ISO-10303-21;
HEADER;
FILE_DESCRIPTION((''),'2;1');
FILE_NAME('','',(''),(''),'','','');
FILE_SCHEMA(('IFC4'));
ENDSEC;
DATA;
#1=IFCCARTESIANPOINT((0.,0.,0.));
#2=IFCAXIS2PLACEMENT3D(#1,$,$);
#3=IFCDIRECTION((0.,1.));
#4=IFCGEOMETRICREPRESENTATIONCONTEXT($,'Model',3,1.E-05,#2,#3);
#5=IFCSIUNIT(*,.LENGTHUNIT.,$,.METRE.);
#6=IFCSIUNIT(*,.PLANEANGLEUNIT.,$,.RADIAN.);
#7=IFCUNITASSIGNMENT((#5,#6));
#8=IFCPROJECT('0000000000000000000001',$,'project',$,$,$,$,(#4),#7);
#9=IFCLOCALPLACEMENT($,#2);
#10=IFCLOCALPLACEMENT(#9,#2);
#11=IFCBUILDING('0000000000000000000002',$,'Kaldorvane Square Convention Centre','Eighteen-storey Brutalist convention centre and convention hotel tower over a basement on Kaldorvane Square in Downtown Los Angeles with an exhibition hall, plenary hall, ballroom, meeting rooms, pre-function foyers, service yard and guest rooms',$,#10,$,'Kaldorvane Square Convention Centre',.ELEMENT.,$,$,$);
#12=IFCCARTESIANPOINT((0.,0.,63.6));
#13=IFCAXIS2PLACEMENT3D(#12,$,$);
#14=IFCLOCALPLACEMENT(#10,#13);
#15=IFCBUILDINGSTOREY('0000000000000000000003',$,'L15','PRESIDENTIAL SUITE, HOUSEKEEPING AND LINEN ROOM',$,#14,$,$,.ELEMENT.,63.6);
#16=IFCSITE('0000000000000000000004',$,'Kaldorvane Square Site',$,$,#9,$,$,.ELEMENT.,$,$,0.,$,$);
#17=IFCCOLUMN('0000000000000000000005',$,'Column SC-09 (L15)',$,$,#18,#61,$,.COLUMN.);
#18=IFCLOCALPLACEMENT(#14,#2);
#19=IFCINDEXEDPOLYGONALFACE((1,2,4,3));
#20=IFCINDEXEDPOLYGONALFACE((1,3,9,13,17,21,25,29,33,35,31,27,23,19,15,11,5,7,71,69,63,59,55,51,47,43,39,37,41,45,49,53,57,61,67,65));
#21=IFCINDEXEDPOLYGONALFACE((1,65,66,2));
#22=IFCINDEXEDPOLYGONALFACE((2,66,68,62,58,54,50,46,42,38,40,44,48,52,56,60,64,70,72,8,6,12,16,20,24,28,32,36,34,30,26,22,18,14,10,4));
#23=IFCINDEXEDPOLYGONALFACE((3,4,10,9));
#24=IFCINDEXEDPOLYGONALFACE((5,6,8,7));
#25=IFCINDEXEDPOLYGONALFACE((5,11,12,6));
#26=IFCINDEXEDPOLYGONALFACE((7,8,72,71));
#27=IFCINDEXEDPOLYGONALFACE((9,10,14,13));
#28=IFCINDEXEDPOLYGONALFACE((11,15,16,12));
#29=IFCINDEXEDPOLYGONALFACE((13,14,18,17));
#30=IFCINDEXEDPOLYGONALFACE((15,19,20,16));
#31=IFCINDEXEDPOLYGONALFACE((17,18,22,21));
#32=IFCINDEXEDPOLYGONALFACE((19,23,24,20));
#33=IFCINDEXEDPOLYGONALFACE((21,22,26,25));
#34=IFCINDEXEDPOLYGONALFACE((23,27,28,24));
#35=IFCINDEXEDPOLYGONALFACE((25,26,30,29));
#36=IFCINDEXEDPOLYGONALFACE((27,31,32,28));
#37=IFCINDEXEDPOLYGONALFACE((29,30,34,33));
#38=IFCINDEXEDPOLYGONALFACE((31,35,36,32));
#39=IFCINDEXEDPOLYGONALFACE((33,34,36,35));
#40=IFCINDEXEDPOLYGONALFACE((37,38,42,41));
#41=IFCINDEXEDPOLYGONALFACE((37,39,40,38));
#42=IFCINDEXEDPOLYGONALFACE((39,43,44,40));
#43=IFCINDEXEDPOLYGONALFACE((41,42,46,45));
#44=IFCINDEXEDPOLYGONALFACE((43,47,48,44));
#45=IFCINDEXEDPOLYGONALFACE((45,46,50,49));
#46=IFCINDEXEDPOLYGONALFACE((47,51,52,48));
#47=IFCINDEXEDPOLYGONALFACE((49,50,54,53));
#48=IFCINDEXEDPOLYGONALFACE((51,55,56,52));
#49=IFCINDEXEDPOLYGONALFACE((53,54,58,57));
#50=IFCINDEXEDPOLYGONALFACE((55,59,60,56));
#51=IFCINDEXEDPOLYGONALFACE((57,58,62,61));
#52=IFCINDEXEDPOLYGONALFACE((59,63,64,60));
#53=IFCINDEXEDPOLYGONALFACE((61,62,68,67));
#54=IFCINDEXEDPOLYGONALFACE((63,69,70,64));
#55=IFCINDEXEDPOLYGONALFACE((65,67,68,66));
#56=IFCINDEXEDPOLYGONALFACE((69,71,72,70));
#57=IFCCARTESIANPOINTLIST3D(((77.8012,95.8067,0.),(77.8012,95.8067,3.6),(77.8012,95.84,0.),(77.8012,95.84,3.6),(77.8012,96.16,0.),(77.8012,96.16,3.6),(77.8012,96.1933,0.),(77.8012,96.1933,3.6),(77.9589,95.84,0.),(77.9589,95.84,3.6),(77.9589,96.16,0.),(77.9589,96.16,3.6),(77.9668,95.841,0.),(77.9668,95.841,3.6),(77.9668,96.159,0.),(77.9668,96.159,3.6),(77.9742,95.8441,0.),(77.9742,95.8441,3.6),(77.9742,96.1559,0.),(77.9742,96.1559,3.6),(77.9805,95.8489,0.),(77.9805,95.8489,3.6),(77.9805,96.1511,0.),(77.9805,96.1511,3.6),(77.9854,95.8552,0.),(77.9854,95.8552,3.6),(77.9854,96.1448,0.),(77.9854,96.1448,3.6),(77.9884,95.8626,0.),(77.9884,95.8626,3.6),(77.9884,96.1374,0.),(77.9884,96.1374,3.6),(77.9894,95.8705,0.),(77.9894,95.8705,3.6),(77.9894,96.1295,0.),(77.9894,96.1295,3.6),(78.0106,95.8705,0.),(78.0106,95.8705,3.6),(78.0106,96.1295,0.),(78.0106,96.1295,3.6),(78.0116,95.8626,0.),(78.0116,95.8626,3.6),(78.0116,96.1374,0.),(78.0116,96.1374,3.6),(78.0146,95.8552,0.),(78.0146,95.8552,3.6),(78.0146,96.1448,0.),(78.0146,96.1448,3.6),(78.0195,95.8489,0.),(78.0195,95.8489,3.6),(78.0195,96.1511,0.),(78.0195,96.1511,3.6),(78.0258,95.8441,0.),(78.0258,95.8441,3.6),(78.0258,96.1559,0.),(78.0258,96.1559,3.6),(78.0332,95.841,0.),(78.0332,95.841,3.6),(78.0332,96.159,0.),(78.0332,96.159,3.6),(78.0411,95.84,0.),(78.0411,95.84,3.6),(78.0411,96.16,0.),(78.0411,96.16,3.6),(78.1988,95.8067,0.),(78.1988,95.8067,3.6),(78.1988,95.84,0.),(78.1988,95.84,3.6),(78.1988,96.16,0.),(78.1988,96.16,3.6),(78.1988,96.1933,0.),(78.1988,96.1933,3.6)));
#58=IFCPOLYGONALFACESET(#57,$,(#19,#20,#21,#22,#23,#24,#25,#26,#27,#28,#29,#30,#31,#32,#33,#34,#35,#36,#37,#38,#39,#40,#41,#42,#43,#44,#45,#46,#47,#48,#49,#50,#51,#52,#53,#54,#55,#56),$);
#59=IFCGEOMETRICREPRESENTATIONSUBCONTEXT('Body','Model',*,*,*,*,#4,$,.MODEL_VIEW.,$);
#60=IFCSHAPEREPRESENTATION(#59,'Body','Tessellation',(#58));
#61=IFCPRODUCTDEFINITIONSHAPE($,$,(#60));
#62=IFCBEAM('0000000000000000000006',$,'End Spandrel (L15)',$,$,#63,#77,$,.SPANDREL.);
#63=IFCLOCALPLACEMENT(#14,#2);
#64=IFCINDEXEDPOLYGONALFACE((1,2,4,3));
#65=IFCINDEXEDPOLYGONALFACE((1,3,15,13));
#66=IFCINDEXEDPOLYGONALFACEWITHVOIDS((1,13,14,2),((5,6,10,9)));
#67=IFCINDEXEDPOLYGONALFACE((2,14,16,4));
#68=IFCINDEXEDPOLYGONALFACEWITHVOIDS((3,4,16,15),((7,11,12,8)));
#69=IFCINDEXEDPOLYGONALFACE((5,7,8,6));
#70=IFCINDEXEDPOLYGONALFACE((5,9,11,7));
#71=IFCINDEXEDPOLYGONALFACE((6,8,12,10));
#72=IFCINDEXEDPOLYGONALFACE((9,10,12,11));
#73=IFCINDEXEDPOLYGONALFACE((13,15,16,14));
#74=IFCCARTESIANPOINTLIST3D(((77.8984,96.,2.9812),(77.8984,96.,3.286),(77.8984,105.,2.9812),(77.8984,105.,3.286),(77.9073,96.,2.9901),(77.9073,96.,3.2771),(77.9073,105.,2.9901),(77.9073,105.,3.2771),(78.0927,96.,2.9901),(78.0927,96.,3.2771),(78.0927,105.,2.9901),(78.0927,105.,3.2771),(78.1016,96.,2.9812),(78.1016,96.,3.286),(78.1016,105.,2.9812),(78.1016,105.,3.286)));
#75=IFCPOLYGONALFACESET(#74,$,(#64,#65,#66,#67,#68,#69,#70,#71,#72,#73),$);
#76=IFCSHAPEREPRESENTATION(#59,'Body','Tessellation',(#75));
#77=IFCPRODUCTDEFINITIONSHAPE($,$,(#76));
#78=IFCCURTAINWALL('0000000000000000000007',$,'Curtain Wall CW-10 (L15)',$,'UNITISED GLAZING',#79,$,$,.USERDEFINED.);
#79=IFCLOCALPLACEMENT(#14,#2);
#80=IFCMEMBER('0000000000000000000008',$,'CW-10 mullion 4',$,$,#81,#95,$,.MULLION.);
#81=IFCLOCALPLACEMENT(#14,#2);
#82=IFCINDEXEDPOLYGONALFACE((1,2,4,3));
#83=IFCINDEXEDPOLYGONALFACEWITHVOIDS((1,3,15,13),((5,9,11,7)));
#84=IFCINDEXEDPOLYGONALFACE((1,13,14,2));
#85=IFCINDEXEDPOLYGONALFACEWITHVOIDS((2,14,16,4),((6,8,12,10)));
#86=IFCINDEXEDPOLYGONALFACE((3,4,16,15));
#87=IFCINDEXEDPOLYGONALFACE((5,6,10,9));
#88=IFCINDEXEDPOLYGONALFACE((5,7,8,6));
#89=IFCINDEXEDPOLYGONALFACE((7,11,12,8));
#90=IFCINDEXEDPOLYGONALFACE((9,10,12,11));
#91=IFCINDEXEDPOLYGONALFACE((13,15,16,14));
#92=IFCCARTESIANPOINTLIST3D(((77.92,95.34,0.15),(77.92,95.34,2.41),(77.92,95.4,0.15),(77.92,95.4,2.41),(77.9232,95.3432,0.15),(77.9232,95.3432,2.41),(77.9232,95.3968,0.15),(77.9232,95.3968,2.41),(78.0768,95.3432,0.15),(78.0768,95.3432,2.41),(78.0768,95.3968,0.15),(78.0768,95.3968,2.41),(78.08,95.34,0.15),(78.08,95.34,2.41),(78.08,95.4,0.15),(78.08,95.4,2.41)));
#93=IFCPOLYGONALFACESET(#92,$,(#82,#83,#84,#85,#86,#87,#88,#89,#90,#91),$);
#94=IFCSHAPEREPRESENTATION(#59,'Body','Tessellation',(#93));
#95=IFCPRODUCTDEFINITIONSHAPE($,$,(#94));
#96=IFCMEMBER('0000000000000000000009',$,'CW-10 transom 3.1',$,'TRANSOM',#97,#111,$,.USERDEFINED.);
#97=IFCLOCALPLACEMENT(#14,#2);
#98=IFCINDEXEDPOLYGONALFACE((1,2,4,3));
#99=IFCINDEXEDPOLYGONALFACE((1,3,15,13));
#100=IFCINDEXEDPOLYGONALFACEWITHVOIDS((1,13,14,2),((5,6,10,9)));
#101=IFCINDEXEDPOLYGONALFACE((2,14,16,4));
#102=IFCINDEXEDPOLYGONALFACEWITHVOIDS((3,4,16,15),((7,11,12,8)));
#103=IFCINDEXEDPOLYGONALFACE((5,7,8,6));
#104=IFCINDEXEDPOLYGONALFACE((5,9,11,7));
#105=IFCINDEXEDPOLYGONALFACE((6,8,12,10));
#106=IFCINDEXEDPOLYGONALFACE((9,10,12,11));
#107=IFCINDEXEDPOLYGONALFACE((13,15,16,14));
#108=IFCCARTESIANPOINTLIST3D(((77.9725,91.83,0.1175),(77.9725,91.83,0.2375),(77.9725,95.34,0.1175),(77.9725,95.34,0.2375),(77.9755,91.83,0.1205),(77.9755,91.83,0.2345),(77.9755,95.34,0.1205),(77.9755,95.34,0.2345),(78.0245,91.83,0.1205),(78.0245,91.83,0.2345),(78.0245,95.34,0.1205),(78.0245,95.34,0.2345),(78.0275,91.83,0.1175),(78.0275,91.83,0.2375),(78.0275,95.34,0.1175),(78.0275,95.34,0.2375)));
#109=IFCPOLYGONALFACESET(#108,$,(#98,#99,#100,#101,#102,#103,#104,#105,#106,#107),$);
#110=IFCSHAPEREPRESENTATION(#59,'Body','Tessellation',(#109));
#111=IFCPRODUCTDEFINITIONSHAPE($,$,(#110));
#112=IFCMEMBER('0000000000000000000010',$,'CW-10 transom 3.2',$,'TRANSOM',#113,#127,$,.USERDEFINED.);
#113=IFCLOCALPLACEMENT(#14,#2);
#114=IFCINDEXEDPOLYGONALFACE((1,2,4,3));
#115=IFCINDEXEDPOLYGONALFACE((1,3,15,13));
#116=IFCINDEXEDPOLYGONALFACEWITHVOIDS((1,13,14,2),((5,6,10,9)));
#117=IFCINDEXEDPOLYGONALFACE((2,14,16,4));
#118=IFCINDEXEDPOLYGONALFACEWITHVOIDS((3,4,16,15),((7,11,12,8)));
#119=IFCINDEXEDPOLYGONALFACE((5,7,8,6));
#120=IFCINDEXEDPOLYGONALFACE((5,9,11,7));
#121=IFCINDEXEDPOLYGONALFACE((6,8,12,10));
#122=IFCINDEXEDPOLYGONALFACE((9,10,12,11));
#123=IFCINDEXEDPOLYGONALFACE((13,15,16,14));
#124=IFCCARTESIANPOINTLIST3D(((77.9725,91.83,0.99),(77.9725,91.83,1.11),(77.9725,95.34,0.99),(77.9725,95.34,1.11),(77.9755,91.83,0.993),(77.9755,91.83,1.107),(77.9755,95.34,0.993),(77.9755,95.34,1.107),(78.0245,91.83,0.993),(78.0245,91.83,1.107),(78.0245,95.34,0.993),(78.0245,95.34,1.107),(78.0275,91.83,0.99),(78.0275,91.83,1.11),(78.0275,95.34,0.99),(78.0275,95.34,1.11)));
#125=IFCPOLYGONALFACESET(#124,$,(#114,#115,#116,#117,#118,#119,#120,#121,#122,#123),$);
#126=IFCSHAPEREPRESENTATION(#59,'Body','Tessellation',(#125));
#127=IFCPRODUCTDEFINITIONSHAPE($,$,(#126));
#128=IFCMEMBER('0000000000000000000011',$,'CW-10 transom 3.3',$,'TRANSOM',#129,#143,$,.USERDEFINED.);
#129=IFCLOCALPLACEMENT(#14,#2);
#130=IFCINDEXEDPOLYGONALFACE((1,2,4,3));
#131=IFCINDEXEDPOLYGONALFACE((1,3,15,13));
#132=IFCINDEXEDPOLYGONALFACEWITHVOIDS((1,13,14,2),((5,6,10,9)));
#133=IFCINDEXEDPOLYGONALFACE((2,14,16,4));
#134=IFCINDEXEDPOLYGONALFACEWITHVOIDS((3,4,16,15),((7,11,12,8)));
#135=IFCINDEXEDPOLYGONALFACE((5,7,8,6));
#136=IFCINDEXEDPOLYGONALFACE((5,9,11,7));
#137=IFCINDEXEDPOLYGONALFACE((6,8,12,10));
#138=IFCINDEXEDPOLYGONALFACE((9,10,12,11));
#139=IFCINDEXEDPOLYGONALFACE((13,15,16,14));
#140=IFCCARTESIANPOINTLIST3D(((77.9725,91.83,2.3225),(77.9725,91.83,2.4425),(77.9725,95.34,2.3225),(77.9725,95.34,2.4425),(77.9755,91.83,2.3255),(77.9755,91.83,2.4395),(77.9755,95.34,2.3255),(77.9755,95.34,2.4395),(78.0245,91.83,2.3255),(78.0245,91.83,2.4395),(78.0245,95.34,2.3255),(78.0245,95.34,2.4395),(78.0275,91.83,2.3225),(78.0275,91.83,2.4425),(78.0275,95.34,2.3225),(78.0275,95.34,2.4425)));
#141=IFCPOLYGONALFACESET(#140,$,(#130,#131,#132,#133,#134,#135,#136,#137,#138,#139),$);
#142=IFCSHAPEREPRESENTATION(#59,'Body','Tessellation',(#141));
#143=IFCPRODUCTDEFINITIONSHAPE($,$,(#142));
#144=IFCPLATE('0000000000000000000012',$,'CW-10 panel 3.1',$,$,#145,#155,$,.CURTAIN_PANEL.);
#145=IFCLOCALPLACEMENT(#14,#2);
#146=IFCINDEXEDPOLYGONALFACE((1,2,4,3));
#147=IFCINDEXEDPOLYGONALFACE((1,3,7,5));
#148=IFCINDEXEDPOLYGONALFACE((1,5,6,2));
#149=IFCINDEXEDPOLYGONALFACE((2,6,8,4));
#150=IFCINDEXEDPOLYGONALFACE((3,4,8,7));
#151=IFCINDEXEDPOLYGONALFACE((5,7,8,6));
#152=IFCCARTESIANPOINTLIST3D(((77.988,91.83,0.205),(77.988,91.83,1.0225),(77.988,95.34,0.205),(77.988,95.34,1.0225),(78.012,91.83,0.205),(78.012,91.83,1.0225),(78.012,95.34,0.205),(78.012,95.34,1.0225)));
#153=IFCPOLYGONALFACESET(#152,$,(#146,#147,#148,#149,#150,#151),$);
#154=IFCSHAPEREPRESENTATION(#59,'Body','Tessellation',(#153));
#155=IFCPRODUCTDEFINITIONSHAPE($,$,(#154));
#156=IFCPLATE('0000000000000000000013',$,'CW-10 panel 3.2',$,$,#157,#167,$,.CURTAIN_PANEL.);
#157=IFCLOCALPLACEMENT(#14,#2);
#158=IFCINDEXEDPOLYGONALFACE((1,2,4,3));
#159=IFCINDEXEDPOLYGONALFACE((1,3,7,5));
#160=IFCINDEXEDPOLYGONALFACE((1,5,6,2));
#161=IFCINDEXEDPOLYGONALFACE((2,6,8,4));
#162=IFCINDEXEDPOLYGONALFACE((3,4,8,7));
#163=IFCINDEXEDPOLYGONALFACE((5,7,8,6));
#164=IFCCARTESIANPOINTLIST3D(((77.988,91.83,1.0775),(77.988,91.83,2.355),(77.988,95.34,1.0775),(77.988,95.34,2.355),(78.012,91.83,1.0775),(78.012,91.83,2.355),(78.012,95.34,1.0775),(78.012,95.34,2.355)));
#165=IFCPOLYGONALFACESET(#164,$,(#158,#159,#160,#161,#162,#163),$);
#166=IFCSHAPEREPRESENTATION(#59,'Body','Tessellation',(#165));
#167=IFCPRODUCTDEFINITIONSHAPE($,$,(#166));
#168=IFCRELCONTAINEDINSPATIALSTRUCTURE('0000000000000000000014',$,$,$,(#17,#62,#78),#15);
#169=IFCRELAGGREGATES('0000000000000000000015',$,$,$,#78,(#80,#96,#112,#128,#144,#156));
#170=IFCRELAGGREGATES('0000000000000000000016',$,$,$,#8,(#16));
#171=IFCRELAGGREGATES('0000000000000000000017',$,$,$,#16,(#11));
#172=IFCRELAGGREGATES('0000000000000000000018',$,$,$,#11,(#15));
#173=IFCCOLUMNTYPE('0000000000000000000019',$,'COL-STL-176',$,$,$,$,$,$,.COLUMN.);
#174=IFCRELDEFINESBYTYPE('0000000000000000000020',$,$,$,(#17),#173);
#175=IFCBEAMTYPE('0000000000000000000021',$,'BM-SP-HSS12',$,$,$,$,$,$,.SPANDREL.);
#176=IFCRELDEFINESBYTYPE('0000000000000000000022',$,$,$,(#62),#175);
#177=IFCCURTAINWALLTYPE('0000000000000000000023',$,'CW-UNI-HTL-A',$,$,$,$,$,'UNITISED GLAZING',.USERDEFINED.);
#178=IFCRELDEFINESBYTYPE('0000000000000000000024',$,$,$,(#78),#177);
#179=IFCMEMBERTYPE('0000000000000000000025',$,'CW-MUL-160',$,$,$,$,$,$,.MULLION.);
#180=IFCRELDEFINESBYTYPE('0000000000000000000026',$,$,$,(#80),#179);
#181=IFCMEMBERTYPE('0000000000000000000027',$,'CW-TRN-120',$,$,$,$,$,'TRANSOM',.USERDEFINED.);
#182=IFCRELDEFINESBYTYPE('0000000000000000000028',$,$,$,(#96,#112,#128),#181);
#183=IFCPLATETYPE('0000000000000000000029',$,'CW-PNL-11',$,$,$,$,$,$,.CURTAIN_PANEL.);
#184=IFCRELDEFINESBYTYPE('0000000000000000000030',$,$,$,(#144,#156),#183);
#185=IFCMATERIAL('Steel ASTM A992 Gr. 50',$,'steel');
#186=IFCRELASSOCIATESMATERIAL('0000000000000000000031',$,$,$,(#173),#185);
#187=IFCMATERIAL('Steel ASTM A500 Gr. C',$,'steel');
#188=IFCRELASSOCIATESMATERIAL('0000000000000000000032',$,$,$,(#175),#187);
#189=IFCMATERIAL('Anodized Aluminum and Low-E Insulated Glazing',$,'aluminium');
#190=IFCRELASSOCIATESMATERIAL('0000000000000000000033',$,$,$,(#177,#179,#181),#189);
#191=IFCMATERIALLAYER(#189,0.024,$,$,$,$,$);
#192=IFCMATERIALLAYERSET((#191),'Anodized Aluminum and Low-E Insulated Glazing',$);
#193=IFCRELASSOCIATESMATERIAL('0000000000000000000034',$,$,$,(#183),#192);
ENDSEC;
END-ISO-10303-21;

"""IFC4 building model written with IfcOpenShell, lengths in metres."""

from ifc_helpers import new_model, si_unit, direction, frame, origin, origin_2d, place, context, subcontext, project, spatial, rectangle, hollow_rectangle, i_section, extrude, material, layer, layer_set, material_profile, profile_set, type_object, element, aggregate, save


model = new_model("IFC4")

# Units and contexts
model_context = context("Model", 3, precision=1e-05, world=origin(), true_north=direction((0.0, 1.0)))
body_context = subcontext(model_context, "Body", "Model", "MODEL_VIEW")
ifc_project = project(units=[si_unit("LENGTHUNIT", "METRE"), si_unit("PLANEANGLEUNIT", "RADIAN")], contexts=[model_context])

# Site, building, storey
site_placement = place(None, origin())
site = spatial("IfcSite", under=ifc_project, at=site_placement, Name="Kaldorvane Square Site", CompositionType="ELEMENT", RefElevation=0.0)
building_placement = place(site_placement, origin())
building = spatial("IfcBuilding", under=site, at=building_placement, Name="Kaldorvane Square Convention Centre", Description="Eighteen-storey Brutalist convention centre and convention hotel tower over a basement on Kaldorvane Square in Downtown Los Angeles with an exhibition hall, plenary hall, ballroom, meeting rooms, pre-function foyers, service yard and guest rooms", LongName="Kaldorvane Square Convention Centre", CompositionType="ELEMENT")
storey_placement = place(building_placement, frame((0.0, 0.0, 63.6)))
storey = spatial("IfcBuildingStorey", under=building, at=storey_placement, Name="L15", Description="PRESIDENTIAL SUITE, HOUSEKEEPING AND LINEN ROOM", CompositionType="ELEMENT", Elevation=63.6)

# Column
ifc_material_1 = material(Name="Steel ASTM A992 Gr. 50", Category="steel")
ifc_material_profile_1 = material_profile(ifc_material_1, i_section(OverallWidth=0.3975, OverallDepth=0.3866, WebThickness=0.0211, FlangeThickness=0.0333, FilletRadius=0.0305, at=origin_2d()), Name="W14X176")
ifc_profile_set_1 = profile_set([ifc_material_profile_1], Name="Steel ASTM A992 Gr. 50")
column_type = type_object("IfcColumnType", Name="COL-STL-176", PredefinedType="COLUMN", material=ifc_profile_set_1)
column_placement = place(storey_placement, frame((78.0, 96.0, 0.0), z_axis=(0.0, 0.0, 1.0), x_axis=(1.0, 0.0, 0.0)))
element("IfcColumn", 1, at=column_placement, inside=storey, type_object=column_type, Name="Column SC-09 (L15)", PredefinedType="COLUMN", context=body_context, shape_type="SweptSolid", body=[
    extrude(i_section(OverallWidth=0.3975, OverallDepth=0.3866, WebThickness=0.0211, FlangeThickness=0.0333, FilletRadius=0.0305, at=origin_2d()), origin(), (0.0, 0.0, 1.0), 3.6),
])

# Beam
ifc_material_2 = material(Name="Steel ASTM A500 Gr. C", Category="steel")
ifc_material_profile_2 = material_profile(ifc_material_2, hollow_rectangle(XDim=0.2032, YDim=0.3048, WallThickness=0.0089, at=origin_2d()), Name="HSS12X8X3/8")
ifc_profile_set_2 = profile_set([ifc_material_profile_2], Name="Steel ASTM A500 Gr. C")
beam_type = type_object("IfcBeamType", Name="BM-SP-HSS12", PredefinedType="SPANDREL", material=ifc_profile_set_2)
beam_placement = place(storey_placement, frame((78.0, 96.0, 3.1336), z_axis=(0.0, 1.0, 0.0), x_axis=(-1.0, 0.0, 0.0)))
element("IfcBeam", 2, at=beam_placement, inside=storey, type_object=beam_type, Name="End Spandrel (L15)", PredefinedType="SPANDREL", context=body_context, shape_type="SweptSolid", body=[
    extrude(hollow_rectangle(XDim=0.2032, YDim=0.3048, WallThickness=0.0089, at=origin_2d()), origin(), (0.0, 0.0, 1.0), 9.0),
])

# Curtain wall, members, plates
ifc_material_3 = material(Name="Anodized Aluminum and Low-E Insulated Glazing", Category="aluminium")
curtain_wall_type = type_object("IfcCurtainWallType", Name="CW-UNI-HTL-A", ElementType="UNITISED GLAZING", PredefinedType="USERDEFINED", material=ifc_material_3)
curtain_wall_placement = place(storey_placement, origin())
curtain_wall = element("IfcCurtainWall", 3, at=curtain_wall_placement, inside=storey, type_object=curtain_wall_type, Name="Curtain Wall CW-10 (L15)", ObjectType="UNITISED GLAZING", PredefinedType="USERDEFINED")
ifc_material_profile_3 = material_profile(ifc_material_3, hollow_rectangle(XDim=0.06, YDim=0.16, WallThickness=0.0032, at=origin_2d()), Name="CWM-160X60")
ifc_profile_set_3 = profile_set([ifc_material_profile_3], Name="Anodized Aluminum and Low-E Insulated Glazing")
member_type_1 = type_object("IfcMemberType", Name="CW-MUL-160", PredefinedType="MULLION", material=ifc_profile_set_3)
member_1_placement = place(storey_placement, frame((78.0, 95.37, 0.15), z_axis=(0.0, 0.0, 1.0), x_axis=(0.0, 1.0, 0.0)))
member_1 = element("IfcMember", 4, at=member_1_placement, type_object=member_type_1, Name="CW-10 mullion 4", PredefinedType="MULLION", context=body_context, shape_type="SweptSolid", body=[
    extrude(hollow_rectangle(XDim=0.06, YDim=0.16, WallThickness=0.0032, at=origin_2d()), origin(), (0.0, 0.0, 1.0), 2.26),
])
ifc_material_profile_4 = material_profile(ifc_material_3, hollow_rectangle(XDim=0.055, YDim=0.12, WallThickness=0.003, at=origin_2d()), Name="CWT-120X55")
ifc_profile_set_4 = profile_set([ifc_material_profile_4], Name="Anodized Aluminum and Low-E Insulated Glazing")
member_type_2 = type_object("IfcMemberType", Name="CW-TRN-120", ElementType="TRANSOM", PredefinedType="USERDEFINED", material=ifc_profile_set_4)
member_2_placement = place(storey_placement, frame((78.0, 91.83, 0.1775), z_axis=(0.0, 1.0, 0.0), x_axis=(-1.0, 0.0, 0.0)))
member_2 = element("IfcMember", 5, at=member_2_placement, type_object=member_type_2, Name="CW-10 transom 3.1", ObjectType="TRANSOM", PredefinedType="USERDEFINED", context=body_context, shape_type="SweptSolid", body=[
    extrude(hollow_rectangle(XDim=0.055, YDim=0.12, WallThickness=0.003, at=origin_2d()), origin(), (0.0, 0.0, 1.0), 3.51),
])
member_3_placement = place(storey_placement, frame((78.0, 91.83, 1.05), z_axis=(0.0, 1.0, 0.0), x_axis=(-1.0, 0.0, 0.0)))
member_3 = element("IfcMember", 6, at=member_3_placement, type_object=member_type_2, Name="CW-10 transom 3.2", ObjectType="TRANSOM", PredefinedType="USERDEFINED", context=body_context, shape_type="SweptSolid", body=[
    extrude(hollow_rectangle(XDim=0.055, YDim=0.12, WallThickness=0.003, at=origin_2d()), origin(), (0.0, 0.0, 1.0), 3.51),
])
member_4_placement = place(storey_placement, frame((78.0, 91.83, 2.3825), z_axis=(0.0, 1.0, 0.0), x_axis=(-1.0, 0.0, 0.0)))
member_4 = element("IfcMember", 7, at=member_4_placement, type_object=member_type_2, Name="CW-10 transom 3.3", ObjectType="TRANSOM", PredefinedType="USERDEFINED", context=body_context, shape_type="SweptSolid", body=[
    extrude(hollow_rectangle(XDim=0.055, YDim=0.12, WallThickness=0.003, at=origin_2d()), origin(), (0.0, 0.0, 1.0), 3.51),
])
ifc_layer_1 = layer(ifc_material_3, 0.024)
ifc_layer_set_1 = layer_set([ifc_layer_1], Name="Anodized Aluminum and Low-E Insulated Glazing")
plate_type = type_object("IfcPlateType", Name="CW-PNL-11", PredefinedType="CURTAIN_PANEL", material=ifc_layer_set_1)
plate_1_placement = place(storey_placement, frame((78.0, 93.585, 0.205), z_axis=(0.0, 0.0, 1.0), x_axis=(0.0, 1.0, 0.0)))
plate_1 = element("IfcPlate", 8, at=plate_1_placement, type_object=plate_type, Name="CW-10 panel 3.1", PredefinedType="CURTAIN_PANEL", context=body_context, shape_type="SweptSolid", body=[
    extrude(rectangle(XDim=3.51, YDim=0.024, at=origin_2d()), origin(), (0.0, 0.0, 1.0), 0.8175),
])
plate_2_placement = place(storey_placement, frame((78.0, 93.585, 1.0775), z_axis=(0.0, 0.0, 1.0), x_axis=(0.0, 1.0, 0.0)))
plate_2 = element("IfcPlate", 9, at=plate_2_placement, type_object=plate_type, Name="CW-10 panel 3.2", PredefinedType="CURTAIN_PANEL", context=body_context, shape_type="SweptSolid", body=[
    extrude(rectangle(XDim=3.51, YDim=0.024, at=origin_2d()), origin(), (0.0, 0.0, 1.0), 1.2775),
])
aggregate(curtain_wall, [member_1, member_2, member_3, member_4, plate_1, plate_2])

save(model, "model.ifc")
